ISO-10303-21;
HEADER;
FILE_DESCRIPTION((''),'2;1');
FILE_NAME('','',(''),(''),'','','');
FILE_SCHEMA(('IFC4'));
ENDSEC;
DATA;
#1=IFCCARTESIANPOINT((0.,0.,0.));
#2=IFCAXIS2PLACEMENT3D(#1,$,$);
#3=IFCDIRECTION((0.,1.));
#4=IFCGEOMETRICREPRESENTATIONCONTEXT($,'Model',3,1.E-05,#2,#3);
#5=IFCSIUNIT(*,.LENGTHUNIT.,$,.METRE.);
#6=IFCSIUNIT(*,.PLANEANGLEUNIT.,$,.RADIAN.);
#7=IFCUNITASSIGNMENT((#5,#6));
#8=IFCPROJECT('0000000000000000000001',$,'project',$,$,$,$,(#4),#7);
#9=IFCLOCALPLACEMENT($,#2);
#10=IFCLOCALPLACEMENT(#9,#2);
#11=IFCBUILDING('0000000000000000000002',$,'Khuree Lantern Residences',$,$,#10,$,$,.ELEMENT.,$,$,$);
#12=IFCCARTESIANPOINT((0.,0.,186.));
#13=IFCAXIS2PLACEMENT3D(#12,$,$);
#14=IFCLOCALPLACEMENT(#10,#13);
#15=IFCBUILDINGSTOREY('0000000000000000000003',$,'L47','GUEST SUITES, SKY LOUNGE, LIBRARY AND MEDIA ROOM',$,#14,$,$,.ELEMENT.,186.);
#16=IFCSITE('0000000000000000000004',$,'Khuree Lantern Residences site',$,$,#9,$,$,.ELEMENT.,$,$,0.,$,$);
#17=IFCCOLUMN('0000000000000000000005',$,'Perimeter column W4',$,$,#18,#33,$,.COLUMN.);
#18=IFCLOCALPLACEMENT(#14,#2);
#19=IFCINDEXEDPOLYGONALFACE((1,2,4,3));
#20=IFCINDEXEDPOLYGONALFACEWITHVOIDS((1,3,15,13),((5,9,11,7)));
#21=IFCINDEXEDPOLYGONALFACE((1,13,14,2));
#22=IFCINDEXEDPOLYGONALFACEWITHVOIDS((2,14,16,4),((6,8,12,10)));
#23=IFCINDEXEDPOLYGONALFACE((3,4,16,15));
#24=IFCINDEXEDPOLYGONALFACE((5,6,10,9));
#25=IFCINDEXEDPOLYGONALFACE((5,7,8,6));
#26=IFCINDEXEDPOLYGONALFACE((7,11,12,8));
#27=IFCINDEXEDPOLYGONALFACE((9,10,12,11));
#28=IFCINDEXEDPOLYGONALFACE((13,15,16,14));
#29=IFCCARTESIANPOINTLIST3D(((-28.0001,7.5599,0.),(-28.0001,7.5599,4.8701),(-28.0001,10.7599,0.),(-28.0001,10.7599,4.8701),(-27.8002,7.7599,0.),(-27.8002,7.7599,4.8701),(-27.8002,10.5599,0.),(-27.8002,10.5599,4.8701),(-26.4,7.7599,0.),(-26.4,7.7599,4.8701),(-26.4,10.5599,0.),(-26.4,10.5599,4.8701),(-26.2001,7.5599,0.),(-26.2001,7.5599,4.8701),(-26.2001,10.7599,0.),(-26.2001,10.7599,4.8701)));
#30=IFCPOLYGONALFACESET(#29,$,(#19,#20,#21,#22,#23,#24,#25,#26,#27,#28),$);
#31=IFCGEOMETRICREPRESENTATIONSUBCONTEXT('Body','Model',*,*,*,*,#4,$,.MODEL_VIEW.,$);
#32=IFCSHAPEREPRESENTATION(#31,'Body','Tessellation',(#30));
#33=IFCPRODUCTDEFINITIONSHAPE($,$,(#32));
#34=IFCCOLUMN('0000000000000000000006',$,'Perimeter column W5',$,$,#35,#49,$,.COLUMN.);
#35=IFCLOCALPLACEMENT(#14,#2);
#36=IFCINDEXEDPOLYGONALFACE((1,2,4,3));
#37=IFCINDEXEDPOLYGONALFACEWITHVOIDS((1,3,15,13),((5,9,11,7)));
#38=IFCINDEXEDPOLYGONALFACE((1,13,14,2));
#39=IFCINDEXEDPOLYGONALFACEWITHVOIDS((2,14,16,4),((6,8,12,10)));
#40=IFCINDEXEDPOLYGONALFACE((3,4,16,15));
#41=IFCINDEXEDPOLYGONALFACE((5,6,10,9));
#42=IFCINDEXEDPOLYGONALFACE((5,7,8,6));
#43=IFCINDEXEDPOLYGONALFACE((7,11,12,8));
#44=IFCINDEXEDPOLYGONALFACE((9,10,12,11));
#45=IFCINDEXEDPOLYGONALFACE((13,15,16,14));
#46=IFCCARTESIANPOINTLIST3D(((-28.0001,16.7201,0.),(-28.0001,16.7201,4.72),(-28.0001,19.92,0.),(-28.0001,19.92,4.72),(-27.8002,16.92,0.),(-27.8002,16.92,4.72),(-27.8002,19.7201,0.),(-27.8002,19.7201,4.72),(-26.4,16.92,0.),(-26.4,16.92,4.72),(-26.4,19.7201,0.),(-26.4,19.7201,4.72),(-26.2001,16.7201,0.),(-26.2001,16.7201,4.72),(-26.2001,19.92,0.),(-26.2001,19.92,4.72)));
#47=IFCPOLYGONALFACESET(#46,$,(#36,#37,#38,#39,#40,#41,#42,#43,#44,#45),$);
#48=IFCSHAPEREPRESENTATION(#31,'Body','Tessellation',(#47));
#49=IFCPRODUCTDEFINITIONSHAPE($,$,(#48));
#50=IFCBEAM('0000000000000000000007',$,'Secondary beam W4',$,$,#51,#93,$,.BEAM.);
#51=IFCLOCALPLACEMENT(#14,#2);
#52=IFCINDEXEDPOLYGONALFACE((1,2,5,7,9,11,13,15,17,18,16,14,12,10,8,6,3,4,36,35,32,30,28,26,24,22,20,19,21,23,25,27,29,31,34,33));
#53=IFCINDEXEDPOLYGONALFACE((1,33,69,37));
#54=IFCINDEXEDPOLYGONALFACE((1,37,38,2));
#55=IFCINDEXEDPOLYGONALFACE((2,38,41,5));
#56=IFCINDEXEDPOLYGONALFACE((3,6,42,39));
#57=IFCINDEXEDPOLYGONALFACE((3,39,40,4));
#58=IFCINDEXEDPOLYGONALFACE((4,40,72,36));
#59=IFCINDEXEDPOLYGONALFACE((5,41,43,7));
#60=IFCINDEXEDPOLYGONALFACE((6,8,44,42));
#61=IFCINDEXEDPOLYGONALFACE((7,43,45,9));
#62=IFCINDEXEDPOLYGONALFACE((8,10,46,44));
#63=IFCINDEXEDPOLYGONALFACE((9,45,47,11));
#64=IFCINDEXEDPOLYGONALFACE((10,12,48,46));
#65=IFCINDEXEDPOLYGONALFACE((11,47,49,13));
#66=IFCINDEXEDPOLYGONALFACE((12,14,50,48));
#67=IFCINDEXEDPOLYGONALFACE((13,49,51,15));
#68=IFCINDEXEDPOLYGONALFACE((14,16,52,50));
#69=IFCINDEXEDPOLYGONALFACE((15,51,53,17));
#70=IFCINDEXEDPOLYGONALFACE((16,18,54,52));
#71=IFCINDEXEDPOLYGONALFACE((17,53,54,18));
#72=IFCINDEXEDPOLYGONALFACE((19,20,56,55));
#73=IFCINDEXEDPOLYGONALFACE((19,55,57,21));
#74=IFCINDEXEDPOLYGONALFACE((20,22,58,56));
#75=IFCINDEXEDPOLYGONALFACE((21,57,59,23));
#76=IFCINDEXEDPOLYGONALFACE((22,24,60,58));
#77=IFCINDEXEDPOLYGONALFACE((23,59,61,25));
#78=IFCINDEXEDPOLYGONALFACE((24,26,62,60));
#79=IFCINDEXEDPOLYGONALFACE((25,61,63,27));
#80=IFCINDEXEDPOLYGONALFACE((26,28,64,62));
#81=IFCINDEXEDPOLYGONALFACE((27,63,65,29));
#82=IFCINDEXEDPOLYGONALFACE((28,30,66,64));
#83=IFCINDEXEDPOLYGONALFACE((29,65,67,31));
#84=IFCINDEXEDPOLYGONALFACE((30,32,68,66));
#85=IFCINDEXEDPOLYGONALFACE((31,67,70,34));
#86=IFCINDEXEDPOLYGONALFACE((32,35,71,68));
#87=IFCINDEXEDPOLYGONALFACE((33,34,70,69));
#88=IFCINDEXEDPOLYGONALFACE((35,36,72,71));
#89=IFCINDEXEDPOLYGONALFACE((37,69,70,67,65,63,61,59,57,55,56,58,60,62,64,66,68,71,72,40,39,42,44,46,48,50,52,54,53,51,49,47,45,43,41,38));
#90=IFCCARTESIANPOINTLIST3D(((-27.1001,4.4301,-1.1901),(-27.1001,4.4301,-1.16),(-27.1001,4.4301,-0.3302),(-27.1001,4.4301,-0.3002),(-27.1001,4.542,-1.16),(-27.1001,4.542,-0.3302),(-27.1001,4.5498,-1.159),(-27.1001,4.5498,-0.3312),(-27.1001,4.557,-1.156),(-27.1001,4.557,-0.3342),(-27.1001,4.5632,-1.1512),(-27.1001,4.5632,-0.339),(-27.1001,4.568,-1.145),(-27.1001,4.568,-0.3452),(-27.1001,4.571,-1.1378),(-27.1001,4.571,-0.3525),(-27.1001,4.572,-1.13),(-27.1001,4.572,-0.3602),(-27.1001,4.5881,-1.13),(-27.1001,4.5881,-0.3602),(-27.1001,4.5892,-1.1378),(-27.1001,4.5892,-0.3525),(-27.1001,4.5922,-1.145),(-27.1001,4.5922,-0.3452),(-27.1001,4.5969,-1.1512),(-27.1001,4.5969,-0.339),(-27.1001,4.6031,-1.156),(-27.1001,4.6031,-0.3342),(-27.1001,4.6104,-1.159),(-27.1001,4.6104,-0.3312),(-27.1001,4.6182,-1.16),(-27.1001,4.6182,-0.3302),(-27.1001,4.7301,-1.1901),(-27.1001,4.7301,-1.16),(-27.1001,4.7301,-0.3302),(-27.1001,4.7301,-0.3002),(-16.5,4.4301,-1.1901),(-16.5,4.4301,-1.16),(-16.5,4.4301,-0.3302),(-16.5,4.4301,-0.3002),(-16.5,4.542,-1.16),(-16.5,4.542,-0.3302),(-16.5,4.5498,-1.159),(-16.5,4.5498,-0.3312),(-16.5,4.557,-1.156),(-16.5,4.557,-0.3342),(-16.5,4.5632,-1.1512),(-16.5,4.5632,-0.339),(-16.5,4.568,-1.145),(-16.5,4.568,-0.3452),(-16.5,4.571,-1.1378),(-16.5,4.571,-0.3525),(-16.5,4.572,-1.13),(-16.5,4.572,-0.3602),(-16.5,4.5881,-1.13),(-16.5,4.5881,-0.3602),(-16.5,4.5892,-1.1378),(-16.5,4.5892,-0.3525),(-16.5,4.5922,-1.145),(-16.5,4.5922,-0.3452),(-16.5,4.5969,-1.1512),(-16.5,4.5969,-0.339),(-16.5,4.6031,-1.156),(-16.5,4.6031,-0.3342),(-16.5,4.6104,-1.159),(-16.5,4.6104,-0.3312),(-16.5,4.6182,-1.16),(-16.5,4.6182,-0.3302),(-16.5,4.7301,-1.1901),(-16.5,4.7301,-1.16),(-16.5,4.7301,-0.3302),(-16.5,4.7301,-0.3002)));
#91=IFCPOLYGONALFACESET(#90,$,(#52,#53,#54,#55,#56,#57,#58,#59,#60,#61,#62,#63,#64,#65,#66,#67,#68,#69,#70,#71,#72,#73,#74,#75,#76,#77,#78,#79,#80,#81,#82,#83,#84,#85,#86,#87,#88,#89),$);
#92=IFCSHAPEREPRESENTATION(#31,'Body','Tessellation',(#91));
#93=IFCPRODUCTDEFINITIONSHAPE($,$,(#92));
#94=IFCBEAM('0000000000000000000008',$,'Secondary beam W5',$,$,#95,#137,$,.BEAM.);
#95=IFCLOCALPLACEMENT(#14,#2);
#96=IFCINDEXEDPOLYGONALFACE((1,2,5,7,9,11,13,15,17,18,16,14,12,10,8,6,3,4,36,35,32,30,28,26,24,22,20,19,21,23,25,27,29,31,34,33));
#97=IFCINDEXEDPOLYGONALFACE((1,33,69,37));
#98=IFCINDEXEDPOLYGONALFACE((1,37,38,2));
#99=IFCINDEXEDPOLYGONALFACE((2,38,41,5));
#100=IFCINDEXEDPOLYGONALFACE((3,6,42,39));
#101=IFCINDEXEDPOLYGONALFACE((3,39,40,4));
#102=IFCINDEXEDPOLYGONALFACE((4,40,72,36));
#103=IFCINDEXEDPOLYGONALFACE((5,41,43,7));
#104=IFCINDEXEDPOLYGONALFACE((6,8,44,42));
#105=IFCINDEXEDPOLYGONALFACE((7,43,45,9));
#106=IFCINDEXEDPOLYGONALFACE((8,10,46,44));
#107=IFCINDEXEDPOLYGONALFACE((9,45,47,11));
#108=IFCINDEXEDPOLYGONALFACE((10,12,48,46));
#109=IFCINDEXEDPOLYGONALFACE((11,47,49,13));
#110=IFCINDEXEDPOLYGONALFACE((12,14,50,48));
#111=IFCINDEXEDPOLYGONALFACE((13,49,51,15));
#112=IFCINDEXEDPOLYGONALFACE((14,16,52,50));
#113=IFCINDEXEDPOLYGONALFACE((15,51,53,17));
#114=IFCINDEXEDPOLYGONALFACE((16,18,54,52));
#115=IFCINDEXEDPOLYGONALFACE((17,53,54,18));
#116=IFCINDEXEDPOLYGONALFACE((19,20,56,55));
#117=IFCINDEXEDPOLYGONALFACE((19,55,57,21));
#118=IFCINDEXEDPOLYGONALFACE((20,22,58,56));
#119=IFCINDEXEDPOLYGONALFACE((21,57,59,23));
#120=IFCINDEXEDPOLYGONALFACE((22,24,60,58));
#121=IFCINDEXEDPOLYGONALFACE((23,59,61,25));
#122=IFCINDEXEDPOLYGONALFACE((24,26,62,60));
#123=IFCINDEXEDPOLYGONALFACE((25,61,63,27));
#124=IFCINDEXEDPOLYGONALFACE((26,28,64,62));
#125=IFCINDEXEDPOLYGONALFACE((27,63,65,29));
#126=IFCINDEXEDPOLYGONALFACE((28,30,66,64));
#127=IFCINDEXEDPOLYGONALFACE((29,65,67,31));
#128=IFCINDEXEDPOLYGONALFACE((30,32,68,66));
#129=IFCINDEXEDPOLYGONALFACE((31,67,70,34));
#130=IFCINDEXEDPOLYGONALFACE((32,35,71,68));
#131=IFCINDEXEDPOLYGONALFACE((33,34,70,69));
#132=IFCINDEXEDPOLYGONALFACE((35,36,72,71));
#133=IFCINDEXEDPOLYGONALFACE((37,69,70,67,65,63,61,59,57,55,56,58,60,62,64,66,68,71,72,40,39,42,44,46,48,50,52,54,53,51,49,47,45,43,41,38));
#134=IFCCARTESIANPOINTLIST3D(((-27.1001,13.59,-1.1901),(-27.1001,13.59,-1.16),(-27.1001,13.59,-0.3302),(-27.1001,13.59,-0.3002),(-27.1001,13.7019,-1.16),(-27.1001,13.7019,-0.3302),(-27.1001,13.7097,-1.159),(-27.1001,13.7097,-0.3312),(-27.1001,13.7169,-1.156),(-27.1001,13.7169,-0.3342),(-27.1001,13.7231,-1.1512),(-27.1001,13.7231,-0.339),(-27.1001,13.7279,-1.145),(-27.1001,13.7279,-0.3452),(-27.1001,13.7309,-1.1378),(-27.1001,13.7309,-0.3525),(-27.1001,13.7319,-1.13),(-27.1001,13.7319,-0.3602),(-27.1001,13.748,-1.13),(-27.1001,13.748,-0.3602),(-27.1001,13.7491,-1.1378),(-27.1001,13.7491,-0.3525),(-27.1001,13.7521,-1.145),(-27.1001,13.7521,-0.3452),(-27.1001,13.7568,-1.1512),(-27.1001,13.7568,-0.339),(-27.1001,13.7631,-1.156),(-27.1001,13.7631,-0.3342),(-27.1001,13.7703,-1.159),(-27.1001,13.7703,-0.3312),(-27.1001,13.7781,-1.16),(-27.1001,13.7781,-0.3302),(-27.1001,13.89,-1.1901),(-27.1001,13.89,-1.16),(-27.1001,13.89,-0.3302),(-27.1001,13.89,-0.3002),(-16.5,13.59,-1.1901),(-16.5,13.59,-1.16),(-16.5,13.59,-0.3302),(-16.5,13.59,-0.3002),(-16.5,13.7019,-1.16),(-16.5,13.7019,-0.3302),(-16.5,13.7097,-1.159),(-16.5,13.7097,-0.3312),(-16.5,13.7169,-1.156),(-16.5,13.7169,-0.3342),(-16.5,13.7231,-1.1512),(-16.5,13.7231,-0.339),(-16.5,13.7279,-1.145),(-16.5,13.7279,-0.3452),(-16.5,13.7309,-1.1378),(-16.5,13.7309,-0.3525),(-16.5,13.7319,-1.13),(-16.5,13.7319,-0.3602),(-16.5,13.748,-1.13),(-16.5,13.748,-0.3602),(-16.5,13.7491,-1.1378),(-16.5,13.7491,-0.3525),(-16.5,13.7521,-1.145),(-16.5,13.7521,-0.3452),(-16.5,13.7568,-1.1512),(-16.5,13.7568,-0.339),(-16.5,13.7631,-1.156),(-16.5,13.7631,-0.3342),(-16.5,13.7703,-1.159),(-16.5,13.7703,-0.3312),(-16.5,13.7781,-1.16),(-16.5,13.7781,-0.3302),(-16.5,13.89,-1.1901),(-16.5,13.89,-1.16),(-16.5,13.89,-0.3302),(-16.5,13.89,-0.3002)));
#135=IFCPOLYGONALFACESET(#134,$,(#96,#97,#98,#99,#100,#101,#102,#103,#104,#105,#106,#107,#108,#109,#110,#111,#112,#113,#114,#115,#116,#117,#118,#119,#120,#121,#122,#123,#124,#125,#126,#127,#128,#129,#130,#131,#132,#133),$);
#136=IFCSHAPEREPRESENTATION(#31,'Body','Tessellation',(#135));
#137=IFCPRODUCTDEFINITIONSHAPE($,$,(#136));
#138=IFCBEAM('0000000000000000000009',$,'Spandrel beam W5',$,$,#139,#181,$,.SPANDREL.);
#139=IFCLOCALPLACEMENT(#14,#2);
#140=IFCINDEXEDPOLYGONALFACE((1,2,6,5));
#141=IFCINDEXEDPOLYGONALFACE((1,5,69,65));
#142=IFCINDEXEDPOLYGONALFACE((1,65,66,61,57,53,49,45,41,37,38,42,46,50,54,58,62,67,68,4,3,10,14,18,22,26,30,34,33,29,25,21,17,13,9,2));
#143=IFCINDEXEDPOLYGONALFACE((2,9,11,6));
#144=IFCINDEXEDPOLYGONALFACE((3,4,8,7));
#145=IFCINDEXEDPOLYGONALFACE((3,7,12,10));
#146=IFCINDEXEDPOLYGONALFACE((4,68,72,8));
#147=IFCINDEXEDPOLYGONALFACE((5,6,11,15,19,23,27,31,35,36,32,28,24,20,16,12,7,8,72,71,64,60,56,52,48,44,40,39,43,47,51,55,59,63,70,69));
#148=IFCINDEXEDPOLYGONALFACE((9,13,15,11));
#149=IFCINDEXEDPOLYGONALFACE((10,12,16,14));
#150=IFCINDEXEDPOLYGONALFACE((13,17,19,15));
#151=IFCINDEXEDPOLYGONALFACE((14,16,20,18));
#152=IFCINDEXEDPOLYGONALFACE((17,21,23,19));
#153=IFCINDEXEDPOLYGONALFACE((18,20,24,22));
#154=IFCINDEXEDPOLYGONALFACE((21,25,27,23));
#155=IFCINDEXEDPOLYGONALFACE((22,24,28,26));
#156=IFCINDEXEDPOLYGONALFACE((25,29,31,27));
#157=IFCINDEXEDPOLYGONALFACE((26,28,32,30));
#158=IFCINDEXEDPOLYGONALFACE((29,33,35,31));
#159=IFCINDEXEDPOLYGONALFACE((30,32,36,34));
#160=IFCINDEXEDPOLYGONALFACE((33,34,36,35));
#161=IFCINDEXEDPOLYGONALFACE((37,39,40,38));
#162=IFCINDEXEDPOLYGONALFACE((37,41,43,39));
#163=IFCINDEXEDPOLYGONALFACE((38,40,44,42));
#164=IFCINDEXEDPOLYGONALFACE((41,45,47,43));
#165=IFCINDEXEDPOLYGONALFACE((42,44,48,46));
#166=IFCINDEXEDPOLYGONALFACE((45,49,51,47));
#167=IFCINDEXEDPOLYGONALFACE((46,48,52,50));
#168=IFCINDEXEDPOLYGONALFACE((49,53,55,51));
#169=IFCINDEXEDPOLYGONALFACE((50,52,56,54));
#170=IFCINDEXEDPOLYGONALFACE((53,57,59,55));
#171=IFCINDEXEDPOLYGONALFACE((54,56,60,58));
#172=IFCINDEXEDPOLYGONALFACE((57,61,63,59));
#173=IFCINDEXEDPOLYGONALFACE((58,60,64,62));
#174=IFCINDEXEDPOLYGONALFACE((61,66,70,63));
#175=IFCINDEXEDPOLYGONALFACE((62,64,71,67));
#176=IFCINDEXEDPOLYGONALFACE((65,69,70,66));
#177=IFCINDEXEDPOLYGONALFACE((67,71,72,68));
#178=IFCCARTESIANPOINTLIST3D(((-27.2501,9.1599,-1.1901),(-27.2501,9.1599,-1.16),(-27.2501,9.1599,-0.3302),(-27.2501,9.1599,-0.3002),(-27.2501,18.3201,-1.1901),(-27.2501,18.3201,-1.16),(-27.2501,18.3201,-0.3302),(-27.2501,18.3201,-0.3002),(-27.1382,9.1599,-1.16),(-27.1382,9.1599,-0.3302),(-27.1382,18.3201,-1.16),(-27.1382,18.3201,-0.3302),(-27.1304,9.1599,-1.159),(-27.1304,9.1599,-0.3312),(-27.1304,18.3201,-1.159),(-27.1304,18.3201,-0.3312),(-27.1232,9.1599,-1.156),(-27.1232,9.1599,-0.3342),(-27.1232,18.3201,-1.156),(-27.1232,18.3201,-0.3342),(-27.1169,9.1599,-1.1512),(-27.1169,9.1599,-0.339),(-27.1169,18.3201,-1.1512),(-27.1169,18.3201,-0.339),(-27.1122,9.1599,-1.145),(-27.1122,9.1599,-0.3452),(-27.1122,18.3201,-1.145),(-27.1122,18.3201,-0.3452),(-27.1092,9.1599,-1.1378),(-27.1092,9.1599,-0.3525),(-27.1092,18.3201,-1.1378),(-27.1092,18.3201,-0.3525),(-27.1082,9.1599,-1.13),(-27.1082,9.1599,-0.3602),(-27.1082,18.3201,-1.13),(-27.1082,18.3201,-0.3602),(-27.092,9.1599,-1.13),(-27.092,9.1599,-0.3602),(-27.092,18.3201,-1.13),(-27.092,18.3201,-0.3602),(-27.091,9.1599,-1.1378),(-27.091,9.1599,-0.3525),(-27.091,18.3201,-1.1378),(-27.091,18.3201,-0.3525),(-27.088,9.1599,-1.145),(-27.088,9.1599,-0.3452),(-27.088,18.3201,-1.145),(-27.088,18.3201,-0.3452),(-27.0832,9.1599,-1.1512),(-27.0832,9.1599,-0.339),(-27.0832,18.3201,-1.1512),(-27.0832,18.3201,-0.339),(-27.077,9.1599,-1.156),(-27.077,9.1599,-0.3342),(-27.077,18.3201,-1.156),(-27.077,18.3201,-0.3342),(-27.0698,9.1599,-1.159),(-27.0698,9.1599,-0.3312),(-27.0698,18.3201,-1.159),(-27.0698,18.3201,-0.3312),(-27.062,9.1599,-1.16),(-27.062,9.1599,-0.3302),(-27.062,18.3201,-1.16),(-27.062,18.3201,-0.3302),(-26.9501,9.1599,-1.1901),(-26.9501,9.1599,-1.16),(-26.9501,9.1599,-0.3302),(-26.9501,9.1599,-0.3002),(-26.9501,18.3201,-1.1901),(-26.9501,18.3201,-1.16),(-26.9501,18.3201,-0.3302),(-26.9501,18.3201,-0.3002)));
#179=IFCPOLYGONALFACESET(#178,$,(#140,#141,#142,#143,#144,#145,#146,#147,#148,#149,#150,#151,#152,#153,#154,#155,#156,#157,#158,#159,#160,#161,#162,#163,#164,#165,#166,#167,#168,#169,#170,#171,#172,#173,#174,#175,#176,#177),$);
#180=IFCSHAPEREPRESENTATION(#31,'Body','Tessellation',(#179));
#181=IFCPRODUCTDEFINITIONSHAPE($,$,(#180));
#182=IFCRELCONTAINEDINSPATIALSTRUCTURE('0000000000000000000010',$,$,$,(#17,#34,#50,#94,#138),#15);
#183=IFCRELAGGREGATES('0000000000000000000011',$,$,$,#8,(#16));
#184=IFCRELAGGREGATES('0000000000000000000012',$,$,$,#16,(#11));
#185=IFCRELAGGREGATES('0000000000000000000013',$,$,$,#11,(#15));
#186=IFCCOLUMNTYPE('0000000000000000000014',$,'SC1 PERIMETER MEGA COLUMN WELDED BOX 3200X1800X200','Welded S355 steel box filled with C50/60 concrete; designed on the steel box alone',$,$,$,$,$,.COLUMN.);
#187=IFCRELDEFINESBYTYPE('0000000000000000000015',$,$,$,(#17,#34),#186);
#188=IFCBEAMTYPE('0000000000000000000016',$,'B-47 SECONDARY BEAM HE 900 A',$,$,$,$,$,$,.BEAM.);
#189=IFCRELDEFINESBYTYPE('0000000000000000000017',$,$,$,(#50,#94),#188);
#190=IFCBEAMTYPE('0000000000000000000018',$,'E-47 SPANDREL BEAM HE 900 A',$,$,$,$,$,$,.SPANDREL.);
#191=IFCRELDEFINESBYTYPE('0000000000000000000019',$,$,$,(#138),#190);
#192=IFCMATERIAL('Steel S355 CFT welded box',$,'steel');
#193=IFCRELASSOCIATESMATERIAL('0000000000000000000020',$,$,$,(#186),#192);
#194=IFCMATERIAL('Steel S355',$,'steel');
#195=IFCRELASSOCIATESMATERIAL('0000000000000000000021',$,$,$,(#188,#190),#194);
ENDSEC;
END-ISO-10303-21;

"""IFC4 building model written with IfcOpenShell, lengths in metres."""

from ifc_helpers import new_model, si_unit, direction, frame, origin, origin_2d, place, context, subcontext, project, spatial, hollow_rectangle, i_section, extrude, material, material_profile, profile_set, type_object, element, save


model = new_model("IFC4")

# Units and contexts
model_context = context("Model", 3, precision=1e-05, world=origin(), true_north=direction((0.0, 1.0)))
body_context = subcontext(model_context, "Body", "Model", "MODEL_VIEW")
ifc_project = project(units=[si_unit("LENGTHUNIT", "METRE"), si_unit("PLANEANGLEUNIT", "RADIAN")], contexts=[model_context])

# Site, building, storey
site_placement = place(None, origin())
site = spatial("IfcSite", under=ifc_project, at=site_placement, Name="Khuree Lantern Residences site", CompositionType="ELEMENT", RefElevation=0.0)
building_placement = place(site_placement, origin())
building = spatial("IfcBuilding", under=site, at=building_placement, Name="Khuree Lantern Residences", CompositionType="ELEMENT")
storey_placement = place(building_placement, frame((0.0, 0.0, 186.0)))
storey = spatial("IfcBuildingStorey", under=building, at=storey_placement, Name="L47", Description="GUEST SUITES, SKY LOUNGE, LIBRARY AND MEDIA ROOM", CompositionType="ELEMENT", Elevation=186.0)

# Columns
ifc_material_1 = material(Name="Steel S355 CFT welded box", Category="steel")
ifc_material_profile_1 = material_profile(ifc_material_1, hollow_rectangle(XDim=3.2, YDim=1.8, WallThickness=0.2, at=origin_2d()), Name="WELDED BOX 3200X1800X200")
ifc_profile_set_1 = profile_set([ifc_material_profile_1], Name="Steel S355 CFT welded box")
column_type = type_object("IfcColumnType", Name="SC1 PERIMETER MEGA COLUMN WELDED BOX 3200X1800X200", Description="Welded S355 steel box filled with C50/60 concrete; designed on the steel box alone", PredefinedType="COLUMN", material=ifc_profile_set_1)
column_1_placement = place(storey_placement, frame((-27.1001, 9.1599, 0.0), z_axis=(0.0, 0.0, 1.0), x_axis=(0.0, 1.0, 0.0)))
element("IfcColumn", 1, at=column_1_placement, inside=storey, type_object=column_type, Name="Perimeter column W4", PredefinedType="COLUMN", context=body_context, shape_type="SweptSolid", body=[
    extrude(hollow_rectangle(XDim=3.2, YDim=1.8, WallThickness=0.2, at=origin_2d()), origin(), (0.0, 0.0, 1.0), 4.8701),
])
column_2_placement = place(storey_placement, frame((-27.1001, 18.3201, 0.0), z_axis=(0.0, 0.0, 1.0), x_axis=(0.0, 1.0, 0.0)))
element("IfcColumn", 2, at=column_2_placement, inside=storey, type_object=column_type, Name="Perimeter column W5", PredefinedType="COLUMN", context=body_context, shape_type="SweptSolid", body=[
    extrude(hollow_rectangle(XDim=3.2, YDim=1.8, WallThickness=0.2, at=origin_2d()), origin(), (0.0, 0.0, 1.0), 4.72),
])

# Beams
ifc_material_2 = material(Name="Steel S355", Category="steel")
ifc_material_profile_2 = material_profile(ifc_material_2, i_section(OverallWidth=0.3, OverallDepth=0.8899, WebThickness=0.0161, FlangeThickness=0.03, FilletRadius=0.03, at=origin_2d()), Name="HE 900 A")
ifc_profile_set_2 = profile_set([ifc_material_profile_2], Name="Steel S355")
beam_type_1 = type_object("IfcBeamType", Name="B-47 SECONDARY BEAM HE 900 A", PredefinedType="BEAM", material=ifc_profile_set_2)
for number, where, z_axis, x_axis, name in (
    (3, (-27.1001, 4.5801, -0.7451), (1.0, 0.0, 0.0), (0.0, 1.0, 0.0), "Secondary beam W4"),
    (4, (-27.1001, 13.74, -0.7451), (1.0, 0.0, 0.0), (0.0, 1.0, 0.0), "Secondary beam W5"),
):
    element("IfcBeam", number, at=place(storey_placement, frame(where, z_axis=z_axis, x_axis=x_axis)), inside=storey, type_object=beam_type_1, Name=name, PredefinedType="BEAM", context=body_context, shape_type="SweptSolid", body=[
        extrude(i_section(OverallWidth=0.3, OverallDepth=0.8899, WebThickness=0.0161, FlangeThickness=0.03, FilletRadius=0.03, at=origin_2d()), origin(), (0.0, 0.0, 1.0), 10.6001),
    ])
ifc_material_profile_3 = material_profile(ifc_material_2, i_section(OverallWidth=0.3, OverallDepth=0.8899, WebThickness=0.0161, FlangeThickness=0.03, FilletRadius=0.03, at=origin_2d()), Name="HE 900 A")
ifc_profile_set_3 = profile_set([ifc_material_profile_3], Name="Steel S355")
beam_type_2 = type_object("IfcBeamType", Name="E-47 SPANDREL BEAM HE 900 A", PredefinedType="SPANDREL", material=ifc_profile_set_3)
beam_1_placement = place(storey_placement, frame((-27.1001, 9.1599, -0.7451), z_axis=(0.0, 1.0, 0.0), x_axis=(-1.0, 0.0, 0.0)))
element("IfcBeam", 5, at=beam_1_placement, inside=storey, type_object=beam_type_2, Name="Spandrel beam W5", PredefinedType="SPANDREL", context=body_context, shape_type="SweptSolid", body=[
    extrude(i_section(OverallWidth=0.3, OverallDepth=0.8899, WebThickness=0.0161, FlangeThickness=0.03, FilletRadius=0.03, at=origin_2d()), origin(), (0.0, 0.0, 1.0), 9.1602),
])

save(model, "model.ifc")
